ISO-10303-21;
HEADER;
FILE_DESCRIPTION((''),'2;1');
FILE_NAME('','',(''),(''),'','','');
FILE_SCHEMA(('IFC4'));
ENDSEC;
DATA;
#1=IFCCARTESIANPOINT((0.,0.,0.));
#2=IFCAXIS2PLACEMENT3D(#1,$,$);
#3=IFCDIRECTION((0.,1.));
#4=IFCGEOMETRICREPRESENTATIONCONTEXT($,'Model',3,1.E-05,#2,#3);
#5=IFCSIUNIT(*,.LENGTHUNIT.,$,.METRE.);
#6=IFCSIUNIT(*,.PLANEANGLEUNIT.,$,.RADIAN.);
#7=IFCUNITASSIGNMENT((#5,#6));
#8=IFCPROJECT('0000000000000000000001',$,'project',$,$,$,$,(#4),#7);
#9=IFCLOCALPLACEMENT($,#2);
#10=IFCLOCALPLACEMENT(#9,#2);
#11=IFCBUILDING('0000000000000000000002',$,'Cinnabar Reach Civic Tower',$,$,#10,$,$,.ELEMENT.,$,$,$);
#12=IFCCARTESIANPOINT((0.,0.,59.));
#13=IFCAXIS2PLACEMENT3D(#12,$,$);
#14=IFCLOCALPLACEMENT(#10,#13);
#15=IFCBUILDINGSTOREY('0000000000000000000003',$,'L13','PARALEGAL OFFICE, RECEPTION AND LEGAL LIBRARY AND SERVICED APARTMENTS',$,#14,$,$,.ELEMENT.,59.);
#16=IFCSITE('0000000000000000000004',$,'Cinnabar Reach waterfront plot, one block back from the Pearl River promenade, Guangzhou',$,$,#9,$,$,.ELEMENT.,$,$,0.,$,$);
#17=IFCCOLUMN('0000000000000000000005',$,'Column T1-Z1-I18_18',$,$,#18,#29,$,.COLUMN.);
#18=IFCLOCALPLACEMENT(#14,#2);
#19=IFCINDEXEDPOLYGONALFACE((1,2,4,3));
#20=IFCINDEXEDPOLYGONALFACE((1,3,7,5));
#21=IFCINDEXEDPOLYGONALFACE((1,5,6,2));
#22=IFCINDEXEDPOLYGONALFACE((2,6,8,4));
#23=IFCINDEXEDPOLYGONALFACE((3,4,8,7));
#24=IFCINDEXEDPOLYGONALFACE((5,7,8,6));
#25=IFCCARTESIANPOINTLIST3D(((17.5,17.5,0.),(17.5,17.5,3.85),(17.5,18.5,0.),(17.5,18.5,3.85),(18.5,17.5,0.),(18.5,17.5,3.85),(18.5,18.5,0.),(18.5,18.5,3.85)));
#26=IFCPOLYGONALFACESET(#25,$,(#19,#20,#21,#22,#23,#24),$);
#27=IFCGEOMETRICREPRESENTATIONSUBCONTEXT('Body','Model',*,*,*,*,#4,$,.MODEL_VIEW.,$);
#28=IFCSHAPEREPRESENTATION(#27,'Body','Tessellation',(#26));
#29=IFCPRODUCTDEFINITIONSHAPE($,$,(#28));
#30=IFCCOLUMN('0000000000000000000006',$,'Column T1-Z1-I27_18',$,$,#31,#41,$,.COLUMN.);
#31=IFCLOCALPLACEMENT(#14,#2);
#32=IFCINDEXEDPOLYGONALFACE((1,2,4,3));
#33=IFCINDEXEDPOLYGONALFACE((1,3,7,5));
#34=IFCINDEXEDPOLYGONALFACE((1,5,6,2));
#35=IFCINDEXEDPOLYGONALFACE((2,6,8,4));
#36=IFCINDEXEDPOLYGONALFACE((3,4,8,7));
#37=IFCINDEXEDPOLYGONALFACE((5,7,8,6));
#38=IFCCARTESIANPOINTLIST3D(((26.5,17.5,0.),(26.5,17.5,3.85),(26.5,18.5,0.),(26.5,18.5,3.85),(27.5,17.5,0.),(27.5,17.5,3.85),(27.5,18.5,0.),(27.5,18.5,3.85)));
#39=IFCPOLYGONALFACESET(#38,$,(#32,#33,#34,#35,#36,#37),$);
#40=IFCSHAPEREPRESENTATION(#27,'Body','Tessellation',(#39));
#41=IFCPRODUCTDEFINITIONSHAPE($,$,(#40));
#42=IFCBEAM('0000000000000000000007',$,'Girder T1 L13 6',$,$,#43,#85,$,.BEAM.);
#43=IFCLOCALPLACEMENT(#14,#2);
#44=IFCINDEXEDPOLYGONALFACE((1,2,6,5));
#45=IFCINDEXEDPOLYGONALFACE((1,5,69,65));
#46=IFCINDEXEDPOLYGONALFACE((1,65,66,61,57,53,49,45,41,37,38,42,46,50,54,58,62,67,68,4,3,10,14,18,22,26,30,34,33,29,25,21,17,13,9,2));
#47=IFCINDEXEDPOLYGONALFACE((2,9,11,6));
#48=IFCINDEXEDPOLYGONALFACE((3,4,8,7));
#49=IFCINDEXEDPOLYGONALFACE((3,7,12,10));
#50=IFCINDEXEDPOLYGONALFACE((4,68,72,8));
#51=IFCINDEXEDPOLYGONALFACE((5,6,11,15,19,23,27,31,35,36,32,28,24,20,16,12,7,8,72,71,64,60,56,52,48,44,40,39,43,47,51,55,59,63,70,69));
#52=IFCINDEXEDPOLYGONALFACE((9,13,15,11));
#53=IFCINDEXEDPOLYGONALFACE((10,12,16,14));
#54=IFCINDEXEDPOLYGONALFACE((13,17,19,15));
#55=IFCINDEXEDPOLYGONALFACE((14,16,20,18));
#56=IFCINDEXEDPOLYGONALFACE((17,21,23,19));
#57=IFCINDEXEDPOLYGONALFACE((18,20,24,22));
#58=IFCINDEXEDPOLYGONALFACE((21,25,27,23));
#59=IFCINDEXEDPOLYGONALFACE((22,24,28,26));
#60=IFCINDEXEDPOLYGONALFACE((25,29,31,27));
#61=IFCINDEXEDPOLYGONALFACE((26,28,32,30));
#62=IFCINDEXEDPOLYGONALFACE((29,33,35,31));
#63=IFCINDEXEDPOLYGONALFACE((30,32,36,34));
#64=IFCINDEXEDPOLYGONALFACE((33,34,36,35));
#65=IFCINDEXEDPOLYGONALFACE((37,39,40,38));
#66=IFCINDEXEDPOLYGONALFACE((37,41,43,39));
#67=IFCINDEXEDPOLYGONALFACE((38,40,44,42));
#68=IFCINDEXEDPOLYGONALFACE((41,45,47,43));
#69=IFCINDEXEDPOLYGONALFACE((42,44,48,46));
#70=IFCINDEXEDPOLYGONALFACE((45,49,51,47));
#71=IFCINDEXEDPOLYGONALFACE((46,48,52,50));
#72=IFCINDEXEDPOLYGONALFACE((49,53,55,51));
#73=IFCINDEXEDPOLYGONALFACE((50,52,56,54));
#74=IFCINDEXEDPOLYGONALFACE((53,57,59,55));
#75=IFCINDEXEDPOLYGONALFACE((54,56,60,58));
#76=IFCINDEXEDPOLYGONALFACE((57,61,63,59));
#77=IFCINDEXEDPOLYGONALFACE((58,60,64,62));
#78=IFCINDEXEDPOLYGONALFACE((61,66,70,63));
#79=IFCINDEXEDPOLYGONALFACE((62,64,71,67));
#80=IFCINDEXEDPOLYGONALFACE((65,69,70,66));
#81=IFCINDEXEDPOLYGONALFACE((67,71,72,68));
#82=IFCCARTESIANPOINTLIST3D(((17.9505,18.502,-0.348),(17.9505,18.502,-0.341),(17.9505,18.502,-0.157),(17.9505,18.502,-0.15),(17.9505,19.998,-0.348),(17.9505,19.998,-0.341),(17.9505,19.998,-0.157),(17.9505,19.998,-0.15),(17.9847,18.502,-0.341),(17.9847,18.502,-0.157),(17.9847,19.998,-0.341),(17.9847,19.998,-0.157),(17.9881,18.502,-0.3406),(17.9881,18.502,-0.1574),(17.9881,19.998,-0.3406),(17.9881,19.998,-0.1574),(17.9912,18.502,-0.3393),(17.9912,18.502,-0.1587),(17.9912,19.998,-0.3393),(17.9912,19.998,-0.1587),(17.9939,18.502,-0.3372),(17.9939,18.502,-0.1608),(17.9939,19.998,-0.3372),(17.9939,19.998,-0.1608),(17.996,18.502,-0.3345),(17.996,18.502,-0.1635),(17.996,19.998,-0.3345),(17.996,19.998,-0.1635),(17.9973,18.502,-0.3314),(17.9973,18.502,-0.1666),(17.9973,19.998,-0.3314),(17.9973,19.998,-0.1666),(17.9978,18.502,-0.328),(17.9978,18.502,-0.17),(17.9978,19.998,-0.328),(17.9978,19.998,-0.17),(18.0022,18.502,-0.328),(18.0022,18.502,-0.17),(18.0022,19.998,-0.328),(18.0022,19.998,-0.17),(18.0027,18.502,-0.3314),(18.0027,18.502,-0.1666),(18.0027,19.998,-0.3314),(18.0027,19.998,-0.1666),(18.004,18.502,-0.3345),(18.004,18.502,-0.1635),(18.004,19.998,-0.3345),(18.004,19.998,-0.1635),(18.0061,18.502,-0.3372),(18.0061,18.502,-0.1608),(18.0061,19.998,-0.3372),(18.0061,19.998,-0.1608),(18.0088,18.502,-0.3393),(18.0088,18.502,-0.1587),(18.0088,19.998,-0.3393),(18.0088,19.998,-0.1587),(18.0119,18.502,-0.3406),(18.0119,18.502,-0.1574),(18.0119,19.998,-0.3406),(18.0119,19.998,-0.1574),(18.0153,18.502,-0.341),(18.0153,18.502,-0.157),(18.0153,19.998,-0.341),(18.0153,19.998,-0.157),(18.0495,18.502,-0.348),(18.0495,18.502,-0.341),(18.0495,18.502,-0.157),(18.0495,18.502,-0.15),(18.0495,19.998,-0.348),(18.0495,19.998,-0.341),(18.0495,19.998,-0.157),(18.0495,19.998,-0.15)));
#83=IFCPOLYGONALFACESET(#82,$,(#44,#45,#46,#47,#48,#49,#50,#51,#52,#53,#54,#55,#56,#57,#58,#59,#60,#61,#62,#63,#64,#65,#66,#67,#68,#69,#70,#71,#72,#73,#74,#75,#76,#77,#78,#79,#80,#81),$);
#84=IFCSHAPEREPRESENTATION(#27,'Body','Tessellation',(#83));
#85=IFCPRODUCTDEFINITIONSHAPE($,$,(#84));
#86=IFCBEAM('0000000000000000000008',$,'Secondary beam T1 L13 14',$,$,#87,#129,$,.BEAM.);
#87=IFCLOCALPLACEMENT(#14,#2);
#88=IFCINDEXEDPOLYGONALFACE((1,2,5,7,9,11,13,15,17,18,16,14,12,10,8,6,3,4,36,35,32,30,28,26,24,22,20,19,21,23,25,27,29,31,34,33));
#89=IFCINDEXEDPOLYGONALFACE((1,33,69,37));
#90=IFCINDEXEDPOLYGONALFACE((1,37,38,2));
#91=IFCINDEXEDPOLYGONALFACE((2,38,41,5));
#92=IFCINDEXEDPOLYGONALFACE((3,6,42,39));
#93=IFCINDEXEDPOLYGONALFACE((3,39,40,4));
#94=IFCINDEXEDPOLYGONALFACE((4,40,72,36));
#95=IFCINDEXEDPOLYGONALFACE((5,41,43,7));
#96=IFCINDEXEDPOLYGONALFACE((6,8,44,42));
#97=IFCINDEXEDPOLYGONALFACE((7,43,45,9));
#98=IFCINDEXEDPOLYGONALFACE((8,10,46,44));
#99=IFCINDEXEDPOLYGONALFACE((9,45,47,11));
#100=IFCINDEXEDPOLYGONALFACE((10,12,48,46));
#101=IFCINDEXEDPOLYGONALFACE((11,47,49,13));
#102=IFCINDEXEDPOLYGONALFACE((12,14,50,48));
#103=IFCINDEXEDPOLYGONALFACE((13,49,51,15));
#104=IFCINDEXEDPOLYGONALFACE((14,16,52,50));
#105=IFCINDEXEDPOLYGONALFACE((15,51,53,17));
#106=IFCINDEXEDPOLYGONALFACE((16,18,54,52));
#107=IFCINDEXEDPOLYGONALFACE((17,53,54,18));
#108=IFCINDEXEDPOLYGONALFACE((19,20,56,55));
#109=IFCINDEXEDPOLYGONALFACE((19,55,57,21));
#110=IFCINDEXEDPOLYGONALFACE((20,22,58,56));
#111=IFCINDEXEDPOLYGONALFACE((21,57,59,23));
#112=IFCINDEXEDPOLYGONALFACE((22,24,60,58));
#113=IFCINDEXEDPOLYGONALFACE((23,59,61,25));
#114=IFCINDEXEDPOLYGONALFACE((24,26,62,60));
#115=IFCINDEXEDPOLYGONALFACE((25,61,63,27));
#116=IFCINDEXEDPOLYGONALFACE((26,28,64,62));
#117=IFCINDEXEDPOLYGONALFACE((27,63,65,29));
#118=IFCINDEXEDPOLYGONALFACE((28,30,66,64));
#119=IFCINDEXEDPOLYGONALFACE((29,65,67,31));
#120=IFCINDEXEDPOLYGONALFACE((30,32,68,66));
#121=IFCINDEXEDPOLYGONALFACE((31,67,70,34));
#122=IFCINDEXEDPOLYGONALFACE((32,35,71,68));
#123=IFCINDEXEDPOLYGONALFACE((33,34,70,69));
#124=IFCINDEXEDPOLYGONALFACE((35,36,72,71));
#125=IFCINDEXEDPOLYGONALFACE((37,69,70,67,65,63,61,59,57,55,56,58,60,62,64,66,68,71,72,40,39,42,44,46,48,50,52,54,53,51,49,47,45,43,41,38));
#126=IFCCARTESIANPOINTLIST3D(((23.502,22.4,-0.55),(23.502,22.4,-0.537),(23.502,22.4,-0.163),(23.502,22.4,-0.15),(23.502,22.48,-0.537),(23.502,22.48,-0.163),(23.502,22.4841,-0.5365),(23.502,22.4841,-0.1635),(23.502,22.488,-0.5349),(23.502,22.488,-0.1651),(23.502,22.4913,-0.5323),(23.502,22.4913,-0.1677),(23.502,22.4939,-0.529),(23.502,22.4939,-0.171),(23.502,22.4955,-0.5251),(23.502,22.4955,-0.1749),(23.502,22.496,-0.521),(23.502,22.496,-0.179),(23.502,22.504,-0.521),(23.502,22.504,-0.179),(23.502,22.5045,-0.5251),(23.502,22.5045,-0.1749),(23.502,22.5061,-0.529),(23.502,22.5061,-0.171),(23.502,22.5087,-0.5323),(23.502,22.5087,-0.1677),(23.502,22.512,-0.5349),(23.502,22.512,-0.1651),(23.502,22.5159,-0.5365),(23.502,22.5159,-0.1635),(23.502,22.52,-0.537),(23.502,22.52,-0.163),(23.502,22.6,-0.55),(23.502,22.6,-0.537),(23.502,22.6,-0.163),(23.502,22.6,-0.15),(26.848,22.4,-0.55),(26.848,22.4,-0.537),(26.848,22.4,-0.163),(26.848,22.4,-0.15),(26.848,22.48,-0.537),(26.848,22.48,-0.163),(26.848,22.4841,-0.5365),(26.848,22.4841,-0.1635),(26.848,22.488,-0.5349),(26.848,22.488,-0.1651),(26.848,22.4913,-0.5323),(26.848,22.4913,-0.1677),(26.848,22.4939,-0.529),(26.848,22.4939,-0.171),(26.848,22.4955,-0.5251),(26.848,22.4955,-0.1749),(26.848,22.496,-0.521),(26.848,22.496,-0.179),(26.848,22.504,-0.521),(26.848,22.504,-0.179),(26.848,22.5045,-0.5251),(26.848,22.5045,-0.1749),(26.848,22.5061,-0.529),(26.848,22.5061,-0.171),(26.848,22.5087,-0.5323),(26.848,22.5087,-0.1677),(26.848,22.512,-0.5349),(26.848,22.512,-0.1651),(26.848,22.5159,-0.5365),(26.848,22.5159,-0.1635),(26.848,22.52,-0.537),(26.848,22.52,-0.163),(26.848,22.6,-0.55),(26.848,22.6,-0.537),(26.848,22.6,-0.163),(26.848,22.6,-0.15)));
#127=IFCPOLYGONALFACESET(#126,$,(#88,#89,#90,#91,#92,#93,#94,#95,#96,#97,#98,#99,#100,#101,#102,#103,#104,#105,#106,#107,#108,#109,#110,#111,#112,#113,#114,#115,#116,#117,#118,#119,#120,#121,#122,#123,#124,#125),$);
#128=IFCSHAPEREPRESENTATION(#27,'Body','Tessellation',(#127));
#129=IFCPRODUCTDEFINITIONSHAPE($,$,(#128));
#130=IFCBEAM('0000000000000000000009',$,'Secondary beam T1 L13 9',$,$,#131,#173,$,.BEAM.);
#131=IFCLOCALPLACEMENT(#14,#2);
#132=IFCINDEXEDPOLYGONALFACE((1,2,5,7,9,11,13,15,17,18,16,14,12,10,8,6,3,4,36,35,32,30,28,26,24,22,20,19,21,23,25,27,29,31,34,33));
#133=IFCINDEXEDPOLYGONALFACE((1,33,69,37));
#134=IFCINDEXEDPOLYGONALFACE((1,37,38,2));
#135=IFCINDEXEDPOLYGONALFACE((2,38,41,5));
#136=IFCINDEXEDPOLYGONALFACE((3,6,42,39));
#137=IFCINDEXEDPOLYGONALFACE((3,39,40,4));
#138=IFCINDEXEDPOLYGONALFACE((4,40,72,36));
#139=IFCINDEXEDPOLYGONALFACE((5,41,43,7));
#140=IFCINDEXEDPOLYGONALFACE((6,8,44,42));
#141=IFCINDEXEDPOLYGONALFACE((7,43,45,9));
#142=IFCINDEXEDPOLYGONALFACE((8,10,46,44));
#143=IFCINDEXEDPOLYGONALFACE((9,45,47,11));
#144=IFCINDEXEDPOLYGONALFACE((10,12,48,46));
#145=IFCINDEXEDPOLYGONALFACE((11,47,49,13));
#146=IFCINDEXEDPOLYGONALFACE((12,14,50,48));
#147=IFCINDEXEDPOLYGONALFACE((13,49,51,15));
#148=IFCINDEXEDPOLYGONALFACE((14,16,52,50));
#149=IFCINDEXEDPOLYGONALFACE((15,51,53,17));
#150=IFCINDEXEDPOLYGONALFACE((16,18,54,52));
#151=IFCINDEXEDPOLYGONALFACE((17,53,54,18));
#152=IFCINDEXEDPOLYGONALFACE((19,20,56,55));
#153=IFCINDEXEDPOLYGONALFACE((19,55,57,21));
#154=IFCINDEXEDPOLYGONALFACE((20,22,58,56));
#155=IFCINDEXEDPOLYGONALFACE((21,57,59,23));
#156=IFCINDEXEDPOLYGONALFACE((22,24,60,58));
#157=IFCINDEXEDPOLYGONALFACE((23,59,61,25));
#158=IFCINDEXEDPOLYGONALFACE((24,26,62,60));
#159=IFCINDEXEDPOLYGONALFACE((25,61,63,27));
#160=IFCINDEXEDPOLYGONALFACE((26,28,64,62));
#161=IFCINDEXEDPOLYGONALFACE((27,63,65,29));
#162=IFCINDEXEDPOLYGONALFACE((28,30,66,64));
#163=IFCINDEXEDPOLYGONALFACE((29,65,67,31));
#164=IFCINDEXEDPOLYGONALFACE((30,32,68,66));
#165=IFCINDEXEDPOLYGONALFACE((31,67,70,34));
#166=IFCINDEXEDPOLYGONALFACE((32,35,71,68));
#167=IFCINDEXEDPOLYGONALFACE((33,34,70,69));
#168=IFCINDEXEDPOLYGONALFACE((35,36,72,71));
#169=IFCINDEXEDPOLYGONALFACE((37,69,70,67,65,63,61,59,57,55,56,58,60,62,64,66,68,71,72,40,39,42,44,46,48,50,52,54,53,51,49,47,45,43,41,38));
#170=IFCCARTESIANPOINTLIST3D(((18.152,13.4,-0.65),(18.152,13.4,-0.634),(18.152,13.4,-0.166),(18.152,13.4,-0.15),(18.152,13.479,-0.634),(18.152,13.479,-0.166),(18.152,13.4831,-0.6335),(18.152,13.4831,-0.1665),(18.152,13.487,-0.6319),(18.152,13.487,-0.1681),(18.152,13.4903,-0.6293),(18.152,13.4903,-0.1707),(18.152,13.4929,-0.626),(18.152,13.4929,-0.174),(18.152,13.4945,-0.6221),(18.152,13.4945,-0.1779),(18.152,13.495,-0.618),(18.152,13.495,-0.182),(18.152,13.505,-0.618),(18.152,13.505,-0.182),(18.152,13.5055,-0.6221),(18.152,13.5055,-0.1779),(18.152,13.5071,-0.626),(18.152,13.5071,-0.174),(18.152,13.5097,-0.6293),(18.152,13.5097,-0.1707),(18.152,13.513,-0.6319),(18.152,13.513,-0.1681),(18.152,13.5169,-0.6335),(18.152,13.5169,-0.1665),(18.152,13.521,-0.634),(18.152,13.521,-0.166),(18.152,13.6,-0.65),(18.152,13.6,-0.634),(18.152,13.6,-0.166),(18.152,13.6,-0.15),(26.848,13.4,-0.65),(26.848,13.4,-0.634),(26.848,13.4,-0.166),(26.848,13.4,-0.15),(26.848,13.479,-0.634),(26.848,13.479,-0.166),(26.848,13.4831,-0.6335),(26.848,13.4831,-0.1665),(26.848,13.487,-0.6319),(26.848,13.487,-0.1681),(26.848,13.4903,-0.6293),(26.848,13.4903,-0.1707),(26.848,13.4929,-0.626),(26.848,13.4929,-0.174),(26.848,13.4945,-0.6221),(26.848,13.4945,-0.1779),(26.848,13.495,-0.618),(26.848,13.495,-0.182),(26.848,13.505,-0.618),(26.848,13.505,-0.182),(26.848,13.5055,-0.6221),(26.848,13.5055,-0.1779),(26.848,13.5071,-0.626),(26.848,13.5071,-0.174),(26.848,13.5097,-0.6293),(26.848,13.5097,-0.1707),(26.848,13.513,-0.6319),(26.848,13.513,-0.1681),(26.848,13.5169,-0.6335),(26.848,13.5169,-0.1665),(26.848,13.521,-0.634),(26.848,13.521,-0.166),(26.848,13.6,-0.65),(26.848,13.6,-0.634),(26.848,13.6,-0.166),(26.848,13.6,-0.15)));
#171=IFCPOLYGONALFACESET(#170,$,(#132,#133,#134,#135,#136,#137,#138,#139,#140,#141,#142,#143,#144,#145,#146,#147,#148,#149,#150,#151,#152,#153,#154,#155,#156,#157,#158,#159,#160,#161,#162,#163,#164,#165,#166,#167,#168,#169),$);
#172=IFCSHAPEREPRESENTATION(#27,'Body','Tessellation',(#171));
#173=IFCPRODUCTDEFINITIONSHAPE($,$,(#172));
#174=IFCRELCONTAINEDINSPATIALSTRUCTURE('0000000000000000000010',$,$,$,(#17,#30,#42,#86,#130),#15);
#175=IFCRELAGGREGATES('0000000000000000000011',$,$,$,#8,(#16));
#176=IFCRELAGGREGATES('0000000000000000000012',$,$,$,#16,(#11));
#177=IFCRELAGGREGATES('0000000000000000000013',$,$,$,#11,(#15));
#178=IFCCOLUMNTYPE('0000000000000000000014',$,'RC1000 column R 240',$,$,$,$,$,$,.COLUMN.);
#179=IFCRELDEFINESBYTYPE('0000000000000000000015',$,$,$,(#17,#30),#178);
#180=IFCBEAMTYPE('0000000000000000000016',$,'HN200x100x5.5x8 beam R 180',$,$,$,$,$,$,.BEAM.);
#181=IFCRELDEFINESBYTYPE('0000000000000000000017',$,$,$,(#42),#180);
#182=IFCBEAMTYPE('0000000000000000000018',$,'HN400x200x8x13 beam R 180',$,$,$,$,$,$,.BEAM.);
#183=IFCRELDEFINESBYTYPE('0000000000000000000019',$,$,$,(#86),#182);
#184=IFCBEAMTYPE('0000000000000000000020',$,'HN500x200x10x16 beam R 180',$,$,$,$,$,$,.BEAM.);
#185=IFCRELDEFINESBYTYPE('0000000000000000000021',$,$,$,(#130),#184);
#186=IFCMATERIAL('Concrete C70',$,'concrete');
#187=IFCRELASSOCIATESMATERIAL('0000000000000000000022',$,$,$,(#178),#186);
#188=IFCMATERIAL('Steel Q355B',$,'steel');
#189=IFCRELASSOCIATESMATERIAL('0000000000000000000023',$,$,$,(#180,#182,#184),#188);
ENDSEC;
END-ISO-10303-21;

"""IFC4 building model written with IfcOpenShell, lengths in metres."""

from ifc_helpers import new_model, si_unit, direction, frame, origin, origin_2d, place, context, subcontext, project, spatial, rectangle, i_section, extrude, material, material_profile, profile_set, type_object, element, save


model = new_model("IFC4")

# Units and contexts
model_context = context("Model", 3, precision=1e-05, world=origin(), true_north=direction((0.0, 1.0)))
body_context = subcontext(model_context, "Body", "Model", "MODEL_VIEW")
ifc_project = project(units=[si_unit("LENGTHUNIT", "METRE"), si_unit("PLANEANGLEUNIT", "RADIAN")], contexts=[model_context])

# Site, building, storey
site_placement = place(None, origin())
site = spatial("IfcSite", under=ifc_project, at=site_placement, Name="Cinnabar Reach waterfront plot, one block back from the Pearl River promenade, Guangzhou", CompositionType="ELEMENT", RefElevation=0.0)
building_placement = place(site_placement, origin())
building = spatial("IfcBuilding", under=site, at=building_placement, Name="Cinnabar Reach Civic Tower", CompositionType="ELEMENT")
storey_placement = place(building_placement, frame((0.0, 0.0, 59.0)))
storey = spatial("IfcBuildingStorey", under=building, at=storey_placement, Name="L13", Description="PARALEGAL OFFICE, RECEPTION AND LEGAL LIBRARY AND SERVICED APARTMENTS", CompositionType="ELEMENT", Elevation=59.0)

# Columns
ifc_material_1 = material(Name="Concrete C70", Category="concrete")
ifc_material_profile_1 = material_profile(ifc_material_1, rectangle(XDim=1.0, YDim=1.0, at=origin_2d()), Name="RC1000")
ifc_profile_set_1 = profile_set([ifc_material_profile_1], Name="Concrete C70")
column_type = type_object("IfcColumnType", Name="RC1000 column R 240", PredefinedType="COLUMN", material=ifc_profile_set_1)
for number, where, z_axis, x_axis, name in (
    (1, (18.0, 18.0, 0.0), (0.0, 0.0, 1.0), (1.0, 0.0, 0.0), "Column T1-Z1-I18_18"),
    (2, (27.0, 18.0, 0.0), (0.0, 0.0, 1.0), (1.0, 0.0, 0.0), "Column T1-Z1-I27_18"),
):
    element("IfcColumn", number, at=place(storey_placement, frame(where, z_axis=z_axis, x_axis=x_axis)), inside=storey, type_object=column_type, Name=name, PredefinedType="COLUMN", context=body_context, shape_type="SweptSolid", body=[
        extrude(rectangle(XDim=1.0, YDim=1.0, at=origin_2d()), origin(), (0.0, 0.0, 1.0), 3.85),
    ])

# Beams
ifc_material_2 = material(Name="Steel Q355B", Category="steel")
ifc_material_profile_2 = material_profile(ifc_material_2, i_section(OverallWidth=0.099, OverallDepth=0.198, WebThickness=0.0045, FlangeThickness=0.007, FilletRadius=0.013, at=origin_2d()), Name="HN200x100x5.5x8")
ifc_profile_set_2 = profile_set([ifc_material_profile_2], Name="Steel Q355B")
beam_type_1 = type_object("IfcBeamType", Name="HN200x100x5.5x8 beam R 180", PredefinedType="BEAM", material=ifc_profile_set_2)
beam_1_placement = place(storey_placement, frame((18.0, 18.502, -0.249), z_axis=(0.0, 1.0, 0.0), x_axis=(-1.0, 0.0, 0.0)))
element("IfcBeam", 3, at=beam_1_placement, inside=storey, type_object=beam_type_1, Name="Girder T1 L13 6", PredefinedType="BEAM", context=body_context, shape_type="SweptSolid", body=[
    extrude(i_section(OverallWidth=0.099, OverallDepth=0.198, WebThickness=0.0045, FlangeThickness=0.007, FilletRadius=0.013, at=origin_2d()), origin(), (0.0, 0.0, 1.0), 1.496),
])
ifc_material_profile_3 = material_profile(ifc_material_2, i_section(OverallWidth=0.2, OverallDepth=0.4, WebThickness=0.008, FlangeThickness=0.013, FilletRadius=0.016, at=origin_2d()), Name="HN400x200x8x13")
ifc_profile_set_3 = profile_set([ifc_material_profile_3], Name="Steel Q355B")
beam_type_2 = type_object("IfcBeamType", Name="HN400x200x8x13 beam R 180", PredefinedType="BEAM", material=ifc_profile_set_3)
beam_2_placement = place(storey_placement, frame((23.502, 22.5, -0.35), z_axis=(1.0, 0.0, 0.0), x_axis=(0.0, 1.0, 0.0)))
element("IfcBeam", 4, at=beam_2_placement, inside=storey, type_object=beam_type_2, Name="Secondary beam T1 L13 14", PredefinedType="BEAM", context=body_context, shape_type="SweptSolid", body=[
    extrude(i_section(OverallWidth=0.2, OverallDepth=0.4, WebThickness=0.008, FlangeThickness=0.013, FilletRadius=0.016, at=origin_2d()), origin(), (0.0, 0.0, 1.0), 3.346),
])
ifc_material_profile_4 = material_profile(ifc_material_2, i_section(OverallWidth=0.2, OverallDepth=0.5, WebThickness=0.01, FlangeThickness=0.016, FilletRadius=0.016, at=origin_2d()), Name="HN500x200x10x16")
ifc_profile_set_4 = profile_set([ifc_material_profile_4], Name="Steel Q355B")
beam_type_3 = type_object("IfcBeamType", Name="HN500x200x10x16 beam R 180", PredefinedType="BEAM", material=ifc_profile_set_4)
beam_3_placement = place(storey_placement, frame((18.152, 13.5, -0.4), z_axis=(1.0, 0.0, 0.0), x_axis=(0.0, 1.0, 0.0)))
element("IfcBeam", 5, at=beam_3_placement, inside=storey, type_object=beam_type_3, Name="Secondary beam T1 L13 9", PredefinedType="BEAM", context=body_context, shape_type="SweptSolid", body=[
    extrude(i_section(OverallWidth=0.2, OverallDepth=0.5, WebThickness=0.01, FlangeThickness=0.016, FilletRadius=0.016, at=origin_2d()), origin(), (0.0, 0.0, 1.0), 8.696),
])

save(model, "model.ifc")
